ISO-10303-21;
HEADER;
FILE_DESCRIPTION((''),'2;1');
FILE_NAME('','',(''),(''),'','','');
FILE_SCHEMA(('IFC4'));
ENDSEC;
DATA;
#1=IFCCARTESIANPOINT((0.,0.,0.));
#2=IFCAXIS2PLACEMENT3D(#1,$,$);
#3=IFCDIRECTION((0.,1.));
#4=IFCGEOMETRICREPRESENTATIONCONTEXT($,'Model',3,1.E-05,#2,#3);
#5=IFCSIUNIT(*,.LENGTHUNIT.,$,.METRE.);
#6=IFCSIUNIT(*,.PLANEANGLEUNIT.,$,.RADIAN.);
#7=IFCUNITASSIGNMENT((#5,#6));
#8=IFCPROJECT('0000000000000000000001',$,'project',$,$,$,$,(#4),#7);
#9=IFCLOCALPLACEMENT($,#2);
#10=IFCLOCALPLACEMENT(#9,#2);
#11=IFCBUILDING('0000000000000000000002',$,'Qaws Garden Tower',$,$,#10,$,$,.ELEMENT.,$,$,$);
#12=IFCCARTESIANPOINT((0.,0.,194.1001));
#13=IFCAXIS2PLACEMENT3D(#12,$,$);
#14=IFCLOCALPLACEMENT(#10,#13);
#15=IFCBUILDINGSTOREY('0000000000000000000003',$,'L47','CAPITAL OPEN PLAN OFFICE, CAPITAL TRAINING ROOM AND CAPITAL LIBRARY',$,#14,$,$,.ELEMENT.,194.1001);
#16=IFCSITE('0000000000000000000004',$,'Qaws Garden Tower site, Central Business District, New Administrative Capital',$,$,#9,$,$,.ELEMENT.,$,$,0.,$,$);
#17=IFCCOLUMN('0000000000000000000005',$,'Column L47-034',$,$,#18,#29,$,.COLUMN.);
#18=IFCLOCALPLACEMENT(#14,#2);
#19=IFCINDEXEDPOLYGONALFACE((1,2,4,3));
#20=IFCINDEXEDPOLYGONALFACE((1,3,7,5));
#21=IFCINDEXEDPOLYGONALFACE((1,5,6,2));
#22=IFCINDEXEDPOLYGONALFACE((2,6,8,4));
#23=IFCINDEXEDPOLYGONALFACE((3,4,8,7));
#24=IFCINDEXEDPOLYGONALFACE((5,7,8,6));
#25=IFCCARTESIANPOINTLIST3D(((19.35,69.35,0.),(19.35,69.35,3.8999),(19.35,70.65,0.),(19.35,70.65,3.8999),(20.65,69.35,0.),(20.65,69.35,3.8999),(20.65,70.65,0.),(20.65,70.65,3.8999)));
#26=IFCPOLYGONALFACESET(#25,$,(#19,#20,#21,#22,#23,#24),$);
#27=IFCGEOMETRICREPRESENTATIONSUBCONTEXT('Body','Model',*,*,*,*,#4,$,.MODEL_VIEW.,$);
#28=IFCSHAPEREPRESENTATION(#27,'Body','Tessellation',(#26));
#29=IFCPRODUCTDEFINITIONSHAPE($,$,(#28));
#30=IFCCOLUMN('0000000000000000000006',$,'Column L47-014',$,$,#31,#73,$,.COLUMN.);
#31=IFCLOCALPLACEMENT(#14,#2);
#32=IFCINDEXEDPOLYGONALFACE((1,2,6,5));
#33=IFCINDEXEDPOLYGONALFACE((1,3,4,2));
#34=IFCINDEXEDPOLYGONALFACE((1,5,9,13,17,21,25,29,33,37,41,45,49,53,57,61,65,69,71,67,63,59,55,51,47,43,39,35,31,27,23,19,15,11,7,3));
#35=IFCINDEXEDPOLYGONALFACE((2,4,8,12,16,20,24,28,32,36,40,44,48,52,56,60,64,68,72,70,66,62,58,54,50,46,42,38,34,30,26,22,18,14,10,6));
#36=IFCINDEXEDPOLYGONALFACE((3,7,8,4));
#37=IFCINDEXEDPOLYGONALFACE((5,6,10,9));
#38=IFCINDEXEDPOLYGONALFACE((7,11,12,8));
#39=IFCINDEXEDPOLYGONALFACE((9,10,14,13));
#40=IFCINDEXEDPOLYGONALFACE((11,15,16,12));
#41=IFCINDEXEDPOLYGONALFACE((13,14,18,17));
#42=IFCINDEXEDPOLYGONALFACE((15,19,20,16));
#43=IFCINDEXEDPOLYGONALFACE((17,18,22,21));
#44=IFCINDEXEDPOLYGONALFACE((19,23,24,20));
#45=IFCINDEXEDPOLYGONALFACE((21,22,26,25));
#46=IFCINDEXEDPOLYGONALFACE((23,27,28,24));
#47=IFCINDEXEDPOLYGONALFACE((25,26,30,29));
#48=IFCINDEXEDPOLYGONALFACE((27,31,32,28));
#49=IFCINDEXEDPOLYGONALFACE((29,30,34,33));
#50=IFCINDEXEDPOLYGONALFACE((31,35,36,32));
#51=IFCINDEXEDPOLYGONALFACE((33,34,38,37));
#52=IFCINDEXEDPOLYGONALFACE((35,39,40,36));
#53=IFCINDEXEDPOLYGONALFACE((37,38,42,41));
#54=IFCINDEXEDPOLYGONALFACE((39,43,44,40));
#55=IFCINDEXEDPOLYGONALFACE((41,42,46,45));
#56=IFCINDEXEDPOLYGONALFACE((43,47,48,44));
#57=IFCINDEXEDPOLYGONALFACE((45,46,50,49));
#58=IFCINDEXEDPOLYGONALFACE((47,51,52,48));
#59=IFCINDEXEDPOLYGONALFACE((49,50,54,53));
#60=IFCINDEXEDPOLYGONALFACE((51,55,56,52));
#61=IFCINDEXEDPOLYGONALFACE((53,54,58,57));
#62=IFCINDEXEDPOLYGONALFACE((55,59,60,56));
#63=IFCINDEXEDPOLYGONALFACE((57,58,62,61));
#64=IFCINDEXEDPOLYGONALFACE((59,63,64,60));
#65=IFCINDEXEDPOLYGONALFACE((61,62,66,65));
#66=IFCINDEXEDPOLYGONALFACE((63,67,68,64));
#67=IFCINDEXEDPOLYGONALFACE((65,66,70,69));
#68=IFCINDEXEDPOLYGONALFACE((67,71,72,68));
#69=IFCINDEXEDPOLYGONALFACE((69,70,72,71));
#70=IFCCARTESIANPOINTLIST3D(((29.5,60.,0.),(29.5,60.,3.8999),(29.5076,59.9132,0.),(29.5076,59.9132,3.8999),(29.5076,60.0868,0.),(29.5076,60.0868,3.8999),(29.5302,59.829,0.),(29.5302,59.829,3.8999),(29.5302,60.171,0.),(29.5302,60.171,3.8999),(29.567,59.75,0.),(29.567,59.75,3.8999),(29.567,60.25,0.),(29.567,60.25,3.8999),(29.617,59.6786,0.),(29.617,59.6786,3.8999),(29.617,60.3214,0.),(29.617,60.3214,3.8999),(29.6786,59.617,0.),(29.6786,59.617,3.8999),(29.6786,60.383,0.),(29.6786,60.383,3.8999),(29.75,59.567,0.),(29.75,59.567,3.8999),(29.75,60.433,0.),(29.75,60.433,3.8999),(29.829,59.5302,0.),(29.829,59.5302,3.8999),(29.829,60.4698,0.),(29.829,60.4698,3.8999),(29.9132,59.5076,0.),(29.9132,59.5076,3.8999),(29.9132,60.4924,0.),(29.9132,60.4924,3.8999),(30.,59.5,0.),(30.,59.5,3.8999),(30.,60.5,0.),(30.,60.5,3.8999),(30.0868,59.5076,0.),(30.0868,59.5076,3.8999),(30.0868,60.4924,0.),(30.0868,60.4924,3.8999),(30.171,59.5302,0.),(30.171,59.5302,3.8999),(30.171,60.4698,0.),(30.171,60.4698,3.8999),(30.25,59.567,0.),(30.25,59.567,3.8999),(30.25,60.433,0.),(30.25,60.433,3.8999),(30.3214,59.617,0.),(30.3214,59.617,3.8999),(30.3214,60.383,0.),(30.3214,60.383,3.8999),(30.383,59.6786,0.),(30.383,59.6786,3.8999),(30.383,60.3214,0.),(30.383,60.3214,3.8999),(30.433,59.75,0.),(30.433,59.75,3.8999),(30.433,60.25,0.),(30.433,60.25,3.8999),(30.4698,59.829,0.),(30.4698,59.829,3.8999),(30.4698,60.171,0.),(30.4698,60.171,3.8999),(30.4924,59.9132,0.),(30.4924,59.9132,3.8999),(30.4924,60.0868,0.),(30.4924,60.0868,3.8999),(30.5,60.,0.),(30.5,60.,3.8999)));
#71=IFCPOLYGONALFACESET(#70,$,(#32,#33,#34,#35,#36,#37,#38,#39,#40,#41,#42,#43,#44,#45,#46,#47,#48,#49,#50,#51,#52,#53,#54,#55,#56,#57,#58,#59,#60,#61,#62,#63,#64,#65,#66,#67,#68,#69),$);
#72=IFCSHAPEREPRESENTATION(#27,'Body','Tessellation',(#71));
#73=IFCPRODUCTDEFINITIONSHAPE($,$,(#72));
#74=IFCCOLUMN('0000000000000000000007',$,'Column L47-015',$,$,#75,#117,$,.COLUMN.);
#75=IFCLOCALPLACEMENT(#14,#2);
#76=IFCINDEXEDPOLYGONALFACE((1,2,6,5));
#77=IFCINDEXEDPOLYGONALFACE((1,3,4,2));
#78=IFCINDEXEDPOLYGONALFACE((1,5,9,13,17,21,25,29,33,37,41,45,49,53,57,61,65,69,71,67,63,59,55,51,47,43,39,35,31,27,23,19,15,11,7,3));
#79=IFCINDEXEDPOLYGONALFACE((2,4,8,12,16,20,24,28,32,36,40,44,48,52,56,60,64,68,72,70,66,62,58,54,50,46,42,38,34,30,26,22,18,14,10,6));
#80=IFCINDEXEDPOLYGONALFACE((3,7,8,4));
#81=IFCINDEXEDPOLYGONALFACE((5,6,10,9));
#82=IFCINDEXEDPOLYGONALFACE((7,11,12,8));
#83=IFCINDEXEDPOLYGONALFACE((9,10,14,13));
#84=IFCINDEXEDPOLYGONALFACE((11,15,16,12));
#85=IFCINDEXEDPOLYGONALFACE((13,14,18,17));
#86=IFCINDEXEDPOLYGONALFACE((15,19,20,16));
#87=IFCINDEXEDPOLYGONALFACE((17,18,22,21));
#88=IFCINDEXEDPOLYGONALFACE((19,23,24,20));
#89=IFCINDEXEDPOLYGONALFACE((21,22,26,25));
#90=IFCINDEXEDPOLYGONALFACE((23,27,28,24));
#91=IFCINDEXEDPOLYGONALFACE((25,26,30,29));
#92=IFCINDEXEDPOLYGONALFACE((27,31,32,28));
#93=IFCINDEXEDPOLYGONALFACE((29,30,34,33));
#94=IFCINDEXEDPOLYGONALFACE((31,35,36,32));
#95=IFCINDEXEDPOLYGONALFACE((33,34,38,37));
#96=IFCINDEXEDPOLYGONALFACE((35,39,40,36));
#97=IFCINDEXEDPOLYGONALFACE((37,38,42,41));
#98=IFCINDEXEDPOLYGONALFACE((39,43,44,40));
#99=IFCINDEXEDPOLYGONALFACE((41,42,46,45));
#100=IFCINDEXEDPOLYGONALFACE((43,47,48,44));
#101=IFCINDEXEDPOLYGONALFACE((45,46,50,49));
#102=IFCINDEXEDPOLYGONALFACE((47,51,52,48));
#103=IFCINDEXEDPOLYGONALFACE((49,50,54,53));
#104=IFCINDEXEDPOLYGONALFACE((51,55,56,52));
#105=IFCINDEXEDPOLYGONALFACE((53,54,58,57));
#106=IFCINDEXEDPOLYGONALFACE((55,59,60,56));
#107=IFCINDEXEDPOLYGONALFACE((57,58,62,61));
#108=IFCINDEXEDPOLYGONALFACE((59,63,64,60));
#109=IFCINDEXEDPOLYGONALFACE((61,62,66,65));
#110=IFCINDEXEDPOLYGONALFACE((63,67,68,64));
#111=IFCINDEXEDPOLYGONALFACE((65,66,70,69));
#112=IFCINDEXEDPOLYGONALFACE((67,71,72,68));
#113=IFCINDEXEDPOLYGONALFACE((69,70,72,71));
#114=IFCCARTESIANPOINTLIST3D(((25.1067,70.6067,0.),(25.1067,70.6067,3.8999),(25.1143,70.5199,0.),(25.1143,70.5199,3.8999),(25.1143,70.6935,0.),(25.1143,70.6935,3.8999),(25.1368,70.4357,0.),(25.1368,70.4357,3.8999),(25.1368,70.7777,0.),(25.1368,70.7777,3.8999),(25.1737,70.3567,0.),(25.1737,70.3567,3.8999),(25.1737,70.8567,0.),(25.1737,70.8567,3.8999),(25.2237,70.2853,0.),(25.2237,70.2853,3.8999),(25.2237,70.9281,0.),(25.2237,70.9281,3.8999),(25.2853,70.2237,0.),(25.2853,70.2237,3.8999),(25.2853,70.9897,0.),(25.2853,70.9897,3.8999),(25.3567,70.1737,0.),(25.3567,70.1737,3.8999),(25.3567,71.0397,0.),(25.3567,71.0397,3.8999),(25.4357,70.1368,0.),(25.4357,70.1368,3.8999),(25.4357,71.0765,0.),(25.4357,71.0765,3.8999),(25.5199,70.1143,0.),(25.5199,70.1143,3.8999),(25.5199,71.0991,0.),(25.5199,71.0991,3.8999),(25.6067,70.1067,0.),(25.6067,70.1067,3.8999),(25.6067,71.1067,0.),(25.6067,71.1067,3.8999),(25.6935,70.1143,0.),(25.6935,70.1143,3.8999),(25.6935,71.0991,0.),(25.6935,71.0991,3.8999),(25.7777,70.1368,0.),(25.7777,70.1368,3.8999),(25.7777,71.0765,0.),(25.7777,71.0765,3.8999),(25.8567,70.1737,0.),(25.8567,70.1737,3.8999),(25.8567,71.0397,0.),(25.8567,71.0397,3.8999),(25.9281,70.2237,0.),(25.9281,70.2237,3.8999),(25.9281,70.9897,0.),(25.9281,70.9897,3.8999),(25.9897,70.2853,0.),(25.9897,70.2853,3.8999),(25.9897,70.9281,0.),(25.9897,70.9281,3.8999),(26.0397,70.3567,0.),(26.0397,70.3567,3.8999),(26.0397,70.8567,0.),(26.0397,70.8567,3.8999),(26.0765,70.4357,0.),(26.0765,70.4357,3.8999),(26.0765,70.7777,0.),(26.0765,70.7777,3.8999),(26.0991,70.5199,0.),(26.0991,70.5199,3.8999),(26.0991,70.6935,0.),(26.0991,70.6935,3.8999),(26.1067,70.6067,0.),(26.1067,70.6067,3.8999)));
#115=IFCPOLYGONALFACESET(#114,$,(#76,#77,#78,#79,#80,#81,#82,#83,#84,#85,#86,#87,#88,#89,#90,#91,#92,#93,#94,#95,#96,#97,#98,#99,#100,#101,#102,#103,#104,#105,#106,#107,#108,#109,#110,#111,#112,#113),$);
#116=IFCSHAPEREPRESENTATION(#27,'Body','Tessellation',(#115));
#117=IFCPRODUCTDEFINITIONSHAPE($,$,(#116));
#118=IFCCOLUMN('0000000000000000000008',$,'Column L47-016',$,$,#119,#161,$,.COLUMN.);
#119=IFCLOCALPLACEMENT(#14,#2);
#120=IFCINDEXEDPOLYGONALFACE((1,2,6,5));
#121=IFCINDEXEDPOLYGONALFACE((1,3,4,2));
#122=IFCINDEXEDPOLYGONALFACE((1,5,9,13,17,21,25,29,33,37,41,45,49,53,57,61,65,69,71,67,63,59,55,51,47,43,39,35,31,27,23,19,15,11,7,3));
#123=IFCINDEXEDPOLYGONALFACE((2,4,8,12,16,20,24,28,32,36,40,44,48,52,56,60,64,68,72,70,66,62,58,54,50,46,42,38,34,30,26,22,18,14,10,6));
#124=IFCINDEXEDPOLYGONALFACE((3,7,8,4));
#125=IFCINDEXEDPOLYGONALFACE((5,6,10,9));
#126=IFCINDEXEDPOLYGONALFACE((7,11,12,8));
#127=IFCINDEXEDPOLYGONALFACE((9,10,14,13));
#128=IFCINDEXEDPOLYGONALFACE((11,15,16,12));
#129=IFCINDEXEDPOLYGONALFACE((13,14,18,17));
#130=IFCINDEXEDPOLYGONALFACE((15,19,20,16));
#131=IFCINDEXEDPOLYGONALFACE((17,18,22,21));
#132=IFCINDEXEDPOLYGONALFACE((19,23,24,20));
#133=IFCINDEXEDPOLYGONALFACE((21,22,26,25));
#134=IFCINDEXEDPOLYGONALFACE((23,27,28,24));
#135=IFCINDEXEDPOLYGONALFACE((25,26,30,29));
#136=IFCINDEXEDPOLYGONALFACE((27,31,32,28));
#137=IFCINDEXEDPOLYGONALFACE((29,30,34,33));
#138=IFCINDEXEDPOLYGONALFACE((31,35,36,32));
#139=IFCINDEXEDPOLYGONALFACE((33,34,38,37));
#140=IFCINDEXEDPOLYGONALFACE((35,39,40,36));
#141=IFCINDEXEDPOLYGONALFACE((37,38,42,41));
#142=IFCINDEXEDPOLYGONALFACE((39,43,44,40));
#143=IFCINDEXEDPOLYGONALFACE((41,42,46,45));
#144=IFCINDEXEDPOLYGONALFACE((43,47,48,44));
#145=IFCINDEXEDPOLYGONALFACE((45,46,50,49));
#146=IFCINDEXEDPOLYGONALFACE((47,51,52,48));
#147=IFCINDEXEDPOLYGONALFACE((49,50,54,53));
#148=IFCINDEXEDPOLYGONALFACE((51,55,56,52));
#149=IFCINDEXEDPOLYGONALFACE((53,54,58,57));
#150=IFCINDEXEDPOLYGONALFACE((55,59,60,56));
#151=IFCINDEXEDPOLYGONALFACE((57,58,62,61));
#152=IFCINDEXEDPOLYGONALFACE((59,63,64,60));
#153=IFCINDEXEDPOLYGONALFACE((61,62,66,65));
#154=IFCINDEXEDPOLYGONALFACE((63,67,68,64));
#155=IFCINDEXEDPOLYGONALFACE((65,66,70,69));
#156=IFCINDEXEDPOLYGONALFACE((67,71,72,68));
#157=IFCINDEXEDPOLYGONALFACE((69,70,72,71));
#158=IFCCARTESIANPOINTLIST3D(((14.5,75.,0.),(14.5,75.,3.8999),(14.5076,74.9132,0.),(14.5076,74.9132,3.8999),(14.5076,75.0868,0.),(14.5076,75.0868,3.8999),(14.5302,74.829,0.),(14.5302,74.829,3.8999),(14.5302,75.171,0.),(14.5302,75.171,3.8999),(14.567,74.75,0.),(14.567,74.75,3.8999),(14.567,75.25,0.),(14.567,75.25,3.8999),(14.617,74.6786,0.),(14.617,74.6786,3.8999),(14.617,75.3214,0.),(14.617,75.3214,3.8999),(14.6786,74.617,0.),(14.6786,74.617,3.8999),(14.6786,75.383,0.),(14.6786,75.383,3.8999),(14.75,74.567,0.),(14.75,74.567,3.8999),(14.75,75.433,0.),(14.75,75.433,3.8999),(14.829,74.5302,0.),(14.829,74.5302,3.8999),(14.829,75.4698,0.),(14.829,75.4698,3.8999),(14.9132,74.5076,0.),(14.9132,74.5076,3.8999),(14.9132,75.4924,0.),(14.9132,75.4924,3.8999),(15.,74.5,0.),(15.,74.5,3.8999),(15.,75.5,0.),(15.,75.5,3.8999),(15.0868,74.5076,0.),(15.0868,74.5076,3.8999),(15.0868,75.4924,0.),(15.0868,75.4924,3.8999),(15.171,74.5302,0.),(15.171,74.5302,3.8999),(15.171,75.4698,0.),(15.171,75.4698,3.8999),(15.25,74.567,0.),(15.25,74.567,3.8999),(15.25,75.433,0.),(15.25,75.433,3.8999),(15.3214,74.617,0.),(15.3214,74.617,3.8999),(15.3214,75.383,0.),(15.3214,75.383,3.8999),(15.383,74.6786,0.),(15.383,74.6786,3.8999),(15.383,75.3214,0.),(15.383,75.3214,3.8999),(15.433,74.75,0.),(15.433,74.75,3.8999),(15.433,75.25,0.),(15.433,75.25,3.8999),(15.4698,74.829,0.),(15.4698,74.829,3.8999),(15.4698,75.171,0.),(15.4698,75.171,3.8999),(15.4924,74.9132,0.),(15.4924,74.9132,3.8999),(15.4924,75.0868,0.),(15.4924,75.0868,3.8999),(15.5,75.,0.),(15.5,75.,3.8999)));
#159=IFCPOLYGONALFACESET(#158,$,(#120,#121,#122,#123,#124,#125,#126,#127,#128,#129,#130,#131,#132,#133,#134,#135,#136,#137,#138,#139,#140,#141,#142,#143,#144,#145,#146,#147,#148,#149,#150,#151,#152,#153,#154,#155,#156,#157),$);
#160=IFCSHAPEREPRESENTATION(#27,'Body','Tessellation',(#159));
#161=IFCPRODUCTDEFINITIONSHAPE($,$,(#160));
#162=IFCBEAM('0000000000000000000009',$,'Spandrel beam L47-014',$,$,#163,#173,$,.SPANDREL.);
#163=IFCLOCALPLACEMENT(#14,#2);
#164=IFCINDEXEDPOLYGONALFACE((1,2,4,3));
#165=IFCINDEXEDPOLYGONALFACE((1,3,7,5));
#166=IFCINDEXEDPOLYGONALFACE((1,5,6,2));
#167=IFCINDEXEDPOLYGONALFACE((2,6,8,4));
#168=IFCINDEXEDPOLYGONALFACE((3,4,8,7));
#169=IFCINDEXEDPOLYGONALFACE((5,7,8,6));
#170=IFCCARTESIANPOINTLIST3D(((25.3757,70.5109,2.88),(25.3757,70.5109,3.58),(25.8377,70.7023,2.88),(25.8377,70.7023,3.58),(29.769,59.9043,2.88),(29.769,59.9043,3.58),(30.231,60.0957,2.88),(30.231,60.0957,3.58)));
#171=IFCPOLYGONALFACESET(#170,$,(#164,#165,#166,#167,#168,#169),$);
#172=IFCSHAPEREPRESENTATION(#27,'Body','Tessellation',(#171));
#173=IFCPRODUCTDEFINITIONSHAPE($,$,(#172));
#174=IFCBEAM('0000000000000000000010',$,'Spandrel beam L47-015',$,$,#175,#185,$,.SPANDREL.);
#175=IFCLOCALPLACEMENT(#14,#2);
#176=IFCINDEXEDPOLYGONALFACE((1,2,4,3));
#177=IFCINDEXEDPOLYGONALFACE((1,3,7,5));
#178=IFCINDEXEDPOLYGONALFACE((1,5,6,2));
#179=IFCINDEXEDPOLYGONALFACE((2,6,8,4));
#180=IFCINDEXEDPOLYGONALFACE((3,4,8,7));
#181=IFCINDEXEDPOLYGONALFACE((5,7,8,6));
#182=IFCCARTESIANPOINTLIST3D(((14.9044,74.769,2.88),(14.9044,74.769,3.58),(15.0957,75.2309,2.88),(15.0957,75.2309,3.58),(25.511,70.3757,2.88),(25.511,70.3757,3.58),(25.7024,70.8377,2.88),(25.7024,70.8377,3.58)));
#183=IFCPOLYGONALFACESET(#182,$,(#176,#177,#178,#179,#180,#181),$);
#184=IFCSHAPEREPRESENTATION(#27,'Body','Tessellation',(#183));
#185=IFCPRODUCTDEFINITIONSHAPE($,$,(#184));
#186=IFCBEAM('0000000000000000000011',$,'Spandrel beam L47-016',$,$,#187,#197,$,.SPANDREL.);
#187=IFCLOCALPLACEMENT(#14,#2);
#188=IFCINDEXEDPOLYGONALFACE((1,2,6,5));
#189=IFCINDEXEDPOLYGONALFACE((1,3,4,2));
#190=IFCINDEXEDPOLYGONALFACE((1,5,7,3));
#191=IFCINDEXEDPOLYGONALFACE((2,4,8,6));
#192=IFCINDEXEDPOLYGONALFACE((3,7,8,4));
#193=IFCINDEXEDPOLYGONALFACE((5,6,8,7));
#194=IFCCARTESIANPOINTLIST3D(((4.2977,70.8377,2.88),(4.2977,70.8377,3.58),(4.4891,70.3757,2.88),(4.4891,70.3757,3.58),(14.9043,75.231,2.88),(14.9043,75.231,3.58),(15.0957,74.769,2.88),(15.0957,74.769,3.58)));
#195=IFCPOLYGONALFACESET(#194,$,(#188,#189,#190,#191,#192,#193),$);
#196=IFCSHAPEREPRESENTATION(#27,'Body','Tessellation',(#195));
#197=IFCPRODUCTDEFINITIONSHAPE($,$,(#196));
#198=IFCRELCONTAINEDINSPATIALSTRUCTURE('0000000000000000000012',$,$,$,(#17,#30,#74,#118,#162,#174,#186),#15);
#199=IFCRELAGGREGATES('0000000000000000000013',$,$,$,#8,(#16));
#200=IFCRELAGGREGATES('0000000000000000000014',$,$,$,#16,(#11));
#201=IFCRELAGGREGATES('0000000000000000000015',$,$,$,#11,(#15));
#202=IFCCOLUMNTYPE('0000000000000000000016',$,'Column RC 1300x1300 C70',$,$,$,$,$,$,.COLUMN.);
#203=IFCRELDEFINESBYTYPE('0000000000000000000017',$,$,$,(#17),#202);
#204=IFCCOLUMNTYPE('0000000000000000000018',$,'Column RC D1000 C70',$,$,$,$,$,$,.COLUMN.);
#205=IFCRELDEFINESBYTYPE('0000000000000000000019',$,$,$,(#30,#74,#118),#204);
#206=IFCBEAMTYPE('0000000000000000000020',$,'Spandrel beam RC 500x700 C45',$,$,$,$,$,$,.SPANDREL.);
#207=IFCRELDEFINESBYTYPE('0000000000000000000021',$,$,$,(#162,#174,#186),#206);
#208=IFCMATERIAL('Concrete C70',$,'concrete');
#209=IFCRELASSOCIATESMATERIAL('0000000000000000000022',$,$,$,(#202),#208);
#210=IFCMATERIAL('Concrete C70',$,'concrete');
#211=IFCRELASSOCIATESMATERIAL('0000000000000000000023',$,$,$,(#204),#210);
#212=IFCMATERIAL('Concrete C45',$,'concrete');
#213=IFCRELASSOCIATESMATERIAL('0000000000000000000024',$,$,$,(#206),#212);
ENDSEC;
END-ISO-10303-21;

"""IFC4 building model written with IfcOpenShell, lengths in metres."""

from ifc_helpers import new_model, si_unit, direction, frame, origin, origin_2d, place, context, subcontext, project, spatial, rectangle, circle, extrude, material, material_profile, profile_set, type_object, element, save


model = new_model("IFC4")

# Units and contexts
model_context = context("Model", 3, precision=1e-05, world=origin(), true_north=direction((0.0, 1.0)))
body_context = subcontext(model_context, "Body", "Model", "MODEL_VIEW")
ifc_project = project(units=[si_unit("LENGTHUNIT", "METRE"), si_unit("PLANEANGLEUNIT", "RADIAN")], contexts=[model_context])

# Site, building, storey
site_placement = place(None, origin())
site = spatial("IfcSite", under=ifc_project, at=site_placement, Name="Qaws Garden Tower site, Central Business District, New Administrative Capital", CompositionType="ELEMENT", RefElevation=0.0)
building_placement = place(site_placement, origin())
building = spatial("IfcBuilding", under=site, at=building_placement, Name="Qaws Garden Tower", CompositionType="ELEMENT")
storey_placement = place(building_placement, frame((0.0, 0.0, 194.1001)))
storey = spatial("IfcBuildingStorey", under=building, at=storey_placement, Name="L47", Description="CAPITAL OPEN PLAN OFFICE, CAPITAL TRAINING ROOM AND CAPITAL LIBRARY", CompositionType="ELEMENT", Elevation=194.1001)

# Columns
ifc_material_1 = material(Name="Concrete C70", Category="concrete")
ifc_material_profile_1 = material_profile(ifc_material_1, rectangle(XDim=1.3, YDim=1.3, at=origin_2d()), Name="RC 1300x1300")
ifc_profile_set_1 = profile_set([ifc_material_profile_1], Name="Concrete C70")
column_type_1 = type_object("IfcColumnType", Name="Column RC 1300x1300 C70", PredefinedType="COLUMN", material=ifc_profile_set_1)
column_placement = place(storey_placement, frame((20.0, 70.0, 0.0), z_axis=(0.0, 0.0, 1.0), x_axis=(1.0, 0.0, 0.0)))
element("IfcColumn", 1, at=column_placement, inside=storey, type_object=column_type_1, Name="Column L47-034", PredefinedType="COLUMN", context=body_context, shape_type="SweptSolid", body=[
    extrude(rectangle(XDim=1.3, YDim=1.3, at=origin_2d()), origin(), (0.0, 0.0, 1.0), 3.8999),
])
ifc_material_2 = material(Name="Concrete C70", Category="concrete")
ifc_material_profile_2 = material_profile(ifc_material_2, circle(Radius=0.5, at=origin_2d()), Name="RC D1000")
ifc_profile_set_2 = profile_set([ifc_material_profile_2], Name="Concrete C70")
column_type_2 = type_object("IfcColumnType", Name="Column RC D1000 C70", PredefinedType="COLUMN", material=ifc_profile_set_2)
for number, where, z_axis, x_axis, name in (
    (2, (30.0, 60.0, 0.0), (0.0, 0.0, 1.0), (1.0, 0.0, 0.0), "Column L47-014"),
    (3, (25.6067, 70.6067, 0.0), (0.0, 0.0, 1.0), (1.0, 0.0, 0.0), "Column L47-015"),
    (4, (15.0, 75.0, 0.0), (0.0, 0.0, 1.0), (1.0, 0.0, 0.0), "Column L47-016"),
):
    element("IfcColumn", number, at=place(storey_placement, frame(where, z_axis=z_axis, x_axis=x_axis)), inside=storey, type_object=column_type_2, Name=name, PredefinedType="COLUMN", context=body_context, shape_type="SweptSolid", body=[
        extrude(circle(Radius=0.5, at=origin_2d()), origin(), (0.0, 0.0, 1.0), 3.8999),
    ])

# Beams
ifc_material_3 = material(Name="Concrete C45", Category="concrete")
ifc_material_profile_3 = material_profile(ifc_material_3, rectangle(XDim=0.5, YDim=0.7, at=origin_2d()), Name="RC 500x700")
ifc_profile_set_3 = profile_set([ifc_material_profile_3], Name="Concrete C45")
beam_type = type_object("IfcBeamType", Name="Spandrel beam RC 500x700 C45", PredefinedType="SPANDREL", material=ifc_profile_set_3)
for number, where, z_axis, x_axis, name in (
    (5, (30.0, 60.0, 3.23), (-0.382674, 0.923883, 0.0), (-0.923883, -0.382674, 0.0), "Spandrel beam L47-014"),
    (6, (25.6067, 70.6067, 3.23), (-0.923883, 0.382674, 0.0), (-0.382674, -0.923883, 0.0), "Spandrel beam L47-015"),
    (7, (15.0, 75.0, 3.23), (-0.923883, -0.382674, 0.0), (0.382674, -0.923883, 0.0), "Spandrel beam L47-016"),
):
    element("IfcBeam", number, at=place(storey_placement, frame(where, z_axis=z_axis, x_axis=x_axis)), inside=storey, type_object=beam_type, Name=name, PredefinedType="SPANDREL", context=body_context, shape_type="SweptSolid", body=[
        extrude(rectangle(XDim=0.5, YDim=0.7, at=origin_2d()), origin(), (0.0, 0.0, 1.0), 11.4805),
    ])

save(model, "model.ifc")
